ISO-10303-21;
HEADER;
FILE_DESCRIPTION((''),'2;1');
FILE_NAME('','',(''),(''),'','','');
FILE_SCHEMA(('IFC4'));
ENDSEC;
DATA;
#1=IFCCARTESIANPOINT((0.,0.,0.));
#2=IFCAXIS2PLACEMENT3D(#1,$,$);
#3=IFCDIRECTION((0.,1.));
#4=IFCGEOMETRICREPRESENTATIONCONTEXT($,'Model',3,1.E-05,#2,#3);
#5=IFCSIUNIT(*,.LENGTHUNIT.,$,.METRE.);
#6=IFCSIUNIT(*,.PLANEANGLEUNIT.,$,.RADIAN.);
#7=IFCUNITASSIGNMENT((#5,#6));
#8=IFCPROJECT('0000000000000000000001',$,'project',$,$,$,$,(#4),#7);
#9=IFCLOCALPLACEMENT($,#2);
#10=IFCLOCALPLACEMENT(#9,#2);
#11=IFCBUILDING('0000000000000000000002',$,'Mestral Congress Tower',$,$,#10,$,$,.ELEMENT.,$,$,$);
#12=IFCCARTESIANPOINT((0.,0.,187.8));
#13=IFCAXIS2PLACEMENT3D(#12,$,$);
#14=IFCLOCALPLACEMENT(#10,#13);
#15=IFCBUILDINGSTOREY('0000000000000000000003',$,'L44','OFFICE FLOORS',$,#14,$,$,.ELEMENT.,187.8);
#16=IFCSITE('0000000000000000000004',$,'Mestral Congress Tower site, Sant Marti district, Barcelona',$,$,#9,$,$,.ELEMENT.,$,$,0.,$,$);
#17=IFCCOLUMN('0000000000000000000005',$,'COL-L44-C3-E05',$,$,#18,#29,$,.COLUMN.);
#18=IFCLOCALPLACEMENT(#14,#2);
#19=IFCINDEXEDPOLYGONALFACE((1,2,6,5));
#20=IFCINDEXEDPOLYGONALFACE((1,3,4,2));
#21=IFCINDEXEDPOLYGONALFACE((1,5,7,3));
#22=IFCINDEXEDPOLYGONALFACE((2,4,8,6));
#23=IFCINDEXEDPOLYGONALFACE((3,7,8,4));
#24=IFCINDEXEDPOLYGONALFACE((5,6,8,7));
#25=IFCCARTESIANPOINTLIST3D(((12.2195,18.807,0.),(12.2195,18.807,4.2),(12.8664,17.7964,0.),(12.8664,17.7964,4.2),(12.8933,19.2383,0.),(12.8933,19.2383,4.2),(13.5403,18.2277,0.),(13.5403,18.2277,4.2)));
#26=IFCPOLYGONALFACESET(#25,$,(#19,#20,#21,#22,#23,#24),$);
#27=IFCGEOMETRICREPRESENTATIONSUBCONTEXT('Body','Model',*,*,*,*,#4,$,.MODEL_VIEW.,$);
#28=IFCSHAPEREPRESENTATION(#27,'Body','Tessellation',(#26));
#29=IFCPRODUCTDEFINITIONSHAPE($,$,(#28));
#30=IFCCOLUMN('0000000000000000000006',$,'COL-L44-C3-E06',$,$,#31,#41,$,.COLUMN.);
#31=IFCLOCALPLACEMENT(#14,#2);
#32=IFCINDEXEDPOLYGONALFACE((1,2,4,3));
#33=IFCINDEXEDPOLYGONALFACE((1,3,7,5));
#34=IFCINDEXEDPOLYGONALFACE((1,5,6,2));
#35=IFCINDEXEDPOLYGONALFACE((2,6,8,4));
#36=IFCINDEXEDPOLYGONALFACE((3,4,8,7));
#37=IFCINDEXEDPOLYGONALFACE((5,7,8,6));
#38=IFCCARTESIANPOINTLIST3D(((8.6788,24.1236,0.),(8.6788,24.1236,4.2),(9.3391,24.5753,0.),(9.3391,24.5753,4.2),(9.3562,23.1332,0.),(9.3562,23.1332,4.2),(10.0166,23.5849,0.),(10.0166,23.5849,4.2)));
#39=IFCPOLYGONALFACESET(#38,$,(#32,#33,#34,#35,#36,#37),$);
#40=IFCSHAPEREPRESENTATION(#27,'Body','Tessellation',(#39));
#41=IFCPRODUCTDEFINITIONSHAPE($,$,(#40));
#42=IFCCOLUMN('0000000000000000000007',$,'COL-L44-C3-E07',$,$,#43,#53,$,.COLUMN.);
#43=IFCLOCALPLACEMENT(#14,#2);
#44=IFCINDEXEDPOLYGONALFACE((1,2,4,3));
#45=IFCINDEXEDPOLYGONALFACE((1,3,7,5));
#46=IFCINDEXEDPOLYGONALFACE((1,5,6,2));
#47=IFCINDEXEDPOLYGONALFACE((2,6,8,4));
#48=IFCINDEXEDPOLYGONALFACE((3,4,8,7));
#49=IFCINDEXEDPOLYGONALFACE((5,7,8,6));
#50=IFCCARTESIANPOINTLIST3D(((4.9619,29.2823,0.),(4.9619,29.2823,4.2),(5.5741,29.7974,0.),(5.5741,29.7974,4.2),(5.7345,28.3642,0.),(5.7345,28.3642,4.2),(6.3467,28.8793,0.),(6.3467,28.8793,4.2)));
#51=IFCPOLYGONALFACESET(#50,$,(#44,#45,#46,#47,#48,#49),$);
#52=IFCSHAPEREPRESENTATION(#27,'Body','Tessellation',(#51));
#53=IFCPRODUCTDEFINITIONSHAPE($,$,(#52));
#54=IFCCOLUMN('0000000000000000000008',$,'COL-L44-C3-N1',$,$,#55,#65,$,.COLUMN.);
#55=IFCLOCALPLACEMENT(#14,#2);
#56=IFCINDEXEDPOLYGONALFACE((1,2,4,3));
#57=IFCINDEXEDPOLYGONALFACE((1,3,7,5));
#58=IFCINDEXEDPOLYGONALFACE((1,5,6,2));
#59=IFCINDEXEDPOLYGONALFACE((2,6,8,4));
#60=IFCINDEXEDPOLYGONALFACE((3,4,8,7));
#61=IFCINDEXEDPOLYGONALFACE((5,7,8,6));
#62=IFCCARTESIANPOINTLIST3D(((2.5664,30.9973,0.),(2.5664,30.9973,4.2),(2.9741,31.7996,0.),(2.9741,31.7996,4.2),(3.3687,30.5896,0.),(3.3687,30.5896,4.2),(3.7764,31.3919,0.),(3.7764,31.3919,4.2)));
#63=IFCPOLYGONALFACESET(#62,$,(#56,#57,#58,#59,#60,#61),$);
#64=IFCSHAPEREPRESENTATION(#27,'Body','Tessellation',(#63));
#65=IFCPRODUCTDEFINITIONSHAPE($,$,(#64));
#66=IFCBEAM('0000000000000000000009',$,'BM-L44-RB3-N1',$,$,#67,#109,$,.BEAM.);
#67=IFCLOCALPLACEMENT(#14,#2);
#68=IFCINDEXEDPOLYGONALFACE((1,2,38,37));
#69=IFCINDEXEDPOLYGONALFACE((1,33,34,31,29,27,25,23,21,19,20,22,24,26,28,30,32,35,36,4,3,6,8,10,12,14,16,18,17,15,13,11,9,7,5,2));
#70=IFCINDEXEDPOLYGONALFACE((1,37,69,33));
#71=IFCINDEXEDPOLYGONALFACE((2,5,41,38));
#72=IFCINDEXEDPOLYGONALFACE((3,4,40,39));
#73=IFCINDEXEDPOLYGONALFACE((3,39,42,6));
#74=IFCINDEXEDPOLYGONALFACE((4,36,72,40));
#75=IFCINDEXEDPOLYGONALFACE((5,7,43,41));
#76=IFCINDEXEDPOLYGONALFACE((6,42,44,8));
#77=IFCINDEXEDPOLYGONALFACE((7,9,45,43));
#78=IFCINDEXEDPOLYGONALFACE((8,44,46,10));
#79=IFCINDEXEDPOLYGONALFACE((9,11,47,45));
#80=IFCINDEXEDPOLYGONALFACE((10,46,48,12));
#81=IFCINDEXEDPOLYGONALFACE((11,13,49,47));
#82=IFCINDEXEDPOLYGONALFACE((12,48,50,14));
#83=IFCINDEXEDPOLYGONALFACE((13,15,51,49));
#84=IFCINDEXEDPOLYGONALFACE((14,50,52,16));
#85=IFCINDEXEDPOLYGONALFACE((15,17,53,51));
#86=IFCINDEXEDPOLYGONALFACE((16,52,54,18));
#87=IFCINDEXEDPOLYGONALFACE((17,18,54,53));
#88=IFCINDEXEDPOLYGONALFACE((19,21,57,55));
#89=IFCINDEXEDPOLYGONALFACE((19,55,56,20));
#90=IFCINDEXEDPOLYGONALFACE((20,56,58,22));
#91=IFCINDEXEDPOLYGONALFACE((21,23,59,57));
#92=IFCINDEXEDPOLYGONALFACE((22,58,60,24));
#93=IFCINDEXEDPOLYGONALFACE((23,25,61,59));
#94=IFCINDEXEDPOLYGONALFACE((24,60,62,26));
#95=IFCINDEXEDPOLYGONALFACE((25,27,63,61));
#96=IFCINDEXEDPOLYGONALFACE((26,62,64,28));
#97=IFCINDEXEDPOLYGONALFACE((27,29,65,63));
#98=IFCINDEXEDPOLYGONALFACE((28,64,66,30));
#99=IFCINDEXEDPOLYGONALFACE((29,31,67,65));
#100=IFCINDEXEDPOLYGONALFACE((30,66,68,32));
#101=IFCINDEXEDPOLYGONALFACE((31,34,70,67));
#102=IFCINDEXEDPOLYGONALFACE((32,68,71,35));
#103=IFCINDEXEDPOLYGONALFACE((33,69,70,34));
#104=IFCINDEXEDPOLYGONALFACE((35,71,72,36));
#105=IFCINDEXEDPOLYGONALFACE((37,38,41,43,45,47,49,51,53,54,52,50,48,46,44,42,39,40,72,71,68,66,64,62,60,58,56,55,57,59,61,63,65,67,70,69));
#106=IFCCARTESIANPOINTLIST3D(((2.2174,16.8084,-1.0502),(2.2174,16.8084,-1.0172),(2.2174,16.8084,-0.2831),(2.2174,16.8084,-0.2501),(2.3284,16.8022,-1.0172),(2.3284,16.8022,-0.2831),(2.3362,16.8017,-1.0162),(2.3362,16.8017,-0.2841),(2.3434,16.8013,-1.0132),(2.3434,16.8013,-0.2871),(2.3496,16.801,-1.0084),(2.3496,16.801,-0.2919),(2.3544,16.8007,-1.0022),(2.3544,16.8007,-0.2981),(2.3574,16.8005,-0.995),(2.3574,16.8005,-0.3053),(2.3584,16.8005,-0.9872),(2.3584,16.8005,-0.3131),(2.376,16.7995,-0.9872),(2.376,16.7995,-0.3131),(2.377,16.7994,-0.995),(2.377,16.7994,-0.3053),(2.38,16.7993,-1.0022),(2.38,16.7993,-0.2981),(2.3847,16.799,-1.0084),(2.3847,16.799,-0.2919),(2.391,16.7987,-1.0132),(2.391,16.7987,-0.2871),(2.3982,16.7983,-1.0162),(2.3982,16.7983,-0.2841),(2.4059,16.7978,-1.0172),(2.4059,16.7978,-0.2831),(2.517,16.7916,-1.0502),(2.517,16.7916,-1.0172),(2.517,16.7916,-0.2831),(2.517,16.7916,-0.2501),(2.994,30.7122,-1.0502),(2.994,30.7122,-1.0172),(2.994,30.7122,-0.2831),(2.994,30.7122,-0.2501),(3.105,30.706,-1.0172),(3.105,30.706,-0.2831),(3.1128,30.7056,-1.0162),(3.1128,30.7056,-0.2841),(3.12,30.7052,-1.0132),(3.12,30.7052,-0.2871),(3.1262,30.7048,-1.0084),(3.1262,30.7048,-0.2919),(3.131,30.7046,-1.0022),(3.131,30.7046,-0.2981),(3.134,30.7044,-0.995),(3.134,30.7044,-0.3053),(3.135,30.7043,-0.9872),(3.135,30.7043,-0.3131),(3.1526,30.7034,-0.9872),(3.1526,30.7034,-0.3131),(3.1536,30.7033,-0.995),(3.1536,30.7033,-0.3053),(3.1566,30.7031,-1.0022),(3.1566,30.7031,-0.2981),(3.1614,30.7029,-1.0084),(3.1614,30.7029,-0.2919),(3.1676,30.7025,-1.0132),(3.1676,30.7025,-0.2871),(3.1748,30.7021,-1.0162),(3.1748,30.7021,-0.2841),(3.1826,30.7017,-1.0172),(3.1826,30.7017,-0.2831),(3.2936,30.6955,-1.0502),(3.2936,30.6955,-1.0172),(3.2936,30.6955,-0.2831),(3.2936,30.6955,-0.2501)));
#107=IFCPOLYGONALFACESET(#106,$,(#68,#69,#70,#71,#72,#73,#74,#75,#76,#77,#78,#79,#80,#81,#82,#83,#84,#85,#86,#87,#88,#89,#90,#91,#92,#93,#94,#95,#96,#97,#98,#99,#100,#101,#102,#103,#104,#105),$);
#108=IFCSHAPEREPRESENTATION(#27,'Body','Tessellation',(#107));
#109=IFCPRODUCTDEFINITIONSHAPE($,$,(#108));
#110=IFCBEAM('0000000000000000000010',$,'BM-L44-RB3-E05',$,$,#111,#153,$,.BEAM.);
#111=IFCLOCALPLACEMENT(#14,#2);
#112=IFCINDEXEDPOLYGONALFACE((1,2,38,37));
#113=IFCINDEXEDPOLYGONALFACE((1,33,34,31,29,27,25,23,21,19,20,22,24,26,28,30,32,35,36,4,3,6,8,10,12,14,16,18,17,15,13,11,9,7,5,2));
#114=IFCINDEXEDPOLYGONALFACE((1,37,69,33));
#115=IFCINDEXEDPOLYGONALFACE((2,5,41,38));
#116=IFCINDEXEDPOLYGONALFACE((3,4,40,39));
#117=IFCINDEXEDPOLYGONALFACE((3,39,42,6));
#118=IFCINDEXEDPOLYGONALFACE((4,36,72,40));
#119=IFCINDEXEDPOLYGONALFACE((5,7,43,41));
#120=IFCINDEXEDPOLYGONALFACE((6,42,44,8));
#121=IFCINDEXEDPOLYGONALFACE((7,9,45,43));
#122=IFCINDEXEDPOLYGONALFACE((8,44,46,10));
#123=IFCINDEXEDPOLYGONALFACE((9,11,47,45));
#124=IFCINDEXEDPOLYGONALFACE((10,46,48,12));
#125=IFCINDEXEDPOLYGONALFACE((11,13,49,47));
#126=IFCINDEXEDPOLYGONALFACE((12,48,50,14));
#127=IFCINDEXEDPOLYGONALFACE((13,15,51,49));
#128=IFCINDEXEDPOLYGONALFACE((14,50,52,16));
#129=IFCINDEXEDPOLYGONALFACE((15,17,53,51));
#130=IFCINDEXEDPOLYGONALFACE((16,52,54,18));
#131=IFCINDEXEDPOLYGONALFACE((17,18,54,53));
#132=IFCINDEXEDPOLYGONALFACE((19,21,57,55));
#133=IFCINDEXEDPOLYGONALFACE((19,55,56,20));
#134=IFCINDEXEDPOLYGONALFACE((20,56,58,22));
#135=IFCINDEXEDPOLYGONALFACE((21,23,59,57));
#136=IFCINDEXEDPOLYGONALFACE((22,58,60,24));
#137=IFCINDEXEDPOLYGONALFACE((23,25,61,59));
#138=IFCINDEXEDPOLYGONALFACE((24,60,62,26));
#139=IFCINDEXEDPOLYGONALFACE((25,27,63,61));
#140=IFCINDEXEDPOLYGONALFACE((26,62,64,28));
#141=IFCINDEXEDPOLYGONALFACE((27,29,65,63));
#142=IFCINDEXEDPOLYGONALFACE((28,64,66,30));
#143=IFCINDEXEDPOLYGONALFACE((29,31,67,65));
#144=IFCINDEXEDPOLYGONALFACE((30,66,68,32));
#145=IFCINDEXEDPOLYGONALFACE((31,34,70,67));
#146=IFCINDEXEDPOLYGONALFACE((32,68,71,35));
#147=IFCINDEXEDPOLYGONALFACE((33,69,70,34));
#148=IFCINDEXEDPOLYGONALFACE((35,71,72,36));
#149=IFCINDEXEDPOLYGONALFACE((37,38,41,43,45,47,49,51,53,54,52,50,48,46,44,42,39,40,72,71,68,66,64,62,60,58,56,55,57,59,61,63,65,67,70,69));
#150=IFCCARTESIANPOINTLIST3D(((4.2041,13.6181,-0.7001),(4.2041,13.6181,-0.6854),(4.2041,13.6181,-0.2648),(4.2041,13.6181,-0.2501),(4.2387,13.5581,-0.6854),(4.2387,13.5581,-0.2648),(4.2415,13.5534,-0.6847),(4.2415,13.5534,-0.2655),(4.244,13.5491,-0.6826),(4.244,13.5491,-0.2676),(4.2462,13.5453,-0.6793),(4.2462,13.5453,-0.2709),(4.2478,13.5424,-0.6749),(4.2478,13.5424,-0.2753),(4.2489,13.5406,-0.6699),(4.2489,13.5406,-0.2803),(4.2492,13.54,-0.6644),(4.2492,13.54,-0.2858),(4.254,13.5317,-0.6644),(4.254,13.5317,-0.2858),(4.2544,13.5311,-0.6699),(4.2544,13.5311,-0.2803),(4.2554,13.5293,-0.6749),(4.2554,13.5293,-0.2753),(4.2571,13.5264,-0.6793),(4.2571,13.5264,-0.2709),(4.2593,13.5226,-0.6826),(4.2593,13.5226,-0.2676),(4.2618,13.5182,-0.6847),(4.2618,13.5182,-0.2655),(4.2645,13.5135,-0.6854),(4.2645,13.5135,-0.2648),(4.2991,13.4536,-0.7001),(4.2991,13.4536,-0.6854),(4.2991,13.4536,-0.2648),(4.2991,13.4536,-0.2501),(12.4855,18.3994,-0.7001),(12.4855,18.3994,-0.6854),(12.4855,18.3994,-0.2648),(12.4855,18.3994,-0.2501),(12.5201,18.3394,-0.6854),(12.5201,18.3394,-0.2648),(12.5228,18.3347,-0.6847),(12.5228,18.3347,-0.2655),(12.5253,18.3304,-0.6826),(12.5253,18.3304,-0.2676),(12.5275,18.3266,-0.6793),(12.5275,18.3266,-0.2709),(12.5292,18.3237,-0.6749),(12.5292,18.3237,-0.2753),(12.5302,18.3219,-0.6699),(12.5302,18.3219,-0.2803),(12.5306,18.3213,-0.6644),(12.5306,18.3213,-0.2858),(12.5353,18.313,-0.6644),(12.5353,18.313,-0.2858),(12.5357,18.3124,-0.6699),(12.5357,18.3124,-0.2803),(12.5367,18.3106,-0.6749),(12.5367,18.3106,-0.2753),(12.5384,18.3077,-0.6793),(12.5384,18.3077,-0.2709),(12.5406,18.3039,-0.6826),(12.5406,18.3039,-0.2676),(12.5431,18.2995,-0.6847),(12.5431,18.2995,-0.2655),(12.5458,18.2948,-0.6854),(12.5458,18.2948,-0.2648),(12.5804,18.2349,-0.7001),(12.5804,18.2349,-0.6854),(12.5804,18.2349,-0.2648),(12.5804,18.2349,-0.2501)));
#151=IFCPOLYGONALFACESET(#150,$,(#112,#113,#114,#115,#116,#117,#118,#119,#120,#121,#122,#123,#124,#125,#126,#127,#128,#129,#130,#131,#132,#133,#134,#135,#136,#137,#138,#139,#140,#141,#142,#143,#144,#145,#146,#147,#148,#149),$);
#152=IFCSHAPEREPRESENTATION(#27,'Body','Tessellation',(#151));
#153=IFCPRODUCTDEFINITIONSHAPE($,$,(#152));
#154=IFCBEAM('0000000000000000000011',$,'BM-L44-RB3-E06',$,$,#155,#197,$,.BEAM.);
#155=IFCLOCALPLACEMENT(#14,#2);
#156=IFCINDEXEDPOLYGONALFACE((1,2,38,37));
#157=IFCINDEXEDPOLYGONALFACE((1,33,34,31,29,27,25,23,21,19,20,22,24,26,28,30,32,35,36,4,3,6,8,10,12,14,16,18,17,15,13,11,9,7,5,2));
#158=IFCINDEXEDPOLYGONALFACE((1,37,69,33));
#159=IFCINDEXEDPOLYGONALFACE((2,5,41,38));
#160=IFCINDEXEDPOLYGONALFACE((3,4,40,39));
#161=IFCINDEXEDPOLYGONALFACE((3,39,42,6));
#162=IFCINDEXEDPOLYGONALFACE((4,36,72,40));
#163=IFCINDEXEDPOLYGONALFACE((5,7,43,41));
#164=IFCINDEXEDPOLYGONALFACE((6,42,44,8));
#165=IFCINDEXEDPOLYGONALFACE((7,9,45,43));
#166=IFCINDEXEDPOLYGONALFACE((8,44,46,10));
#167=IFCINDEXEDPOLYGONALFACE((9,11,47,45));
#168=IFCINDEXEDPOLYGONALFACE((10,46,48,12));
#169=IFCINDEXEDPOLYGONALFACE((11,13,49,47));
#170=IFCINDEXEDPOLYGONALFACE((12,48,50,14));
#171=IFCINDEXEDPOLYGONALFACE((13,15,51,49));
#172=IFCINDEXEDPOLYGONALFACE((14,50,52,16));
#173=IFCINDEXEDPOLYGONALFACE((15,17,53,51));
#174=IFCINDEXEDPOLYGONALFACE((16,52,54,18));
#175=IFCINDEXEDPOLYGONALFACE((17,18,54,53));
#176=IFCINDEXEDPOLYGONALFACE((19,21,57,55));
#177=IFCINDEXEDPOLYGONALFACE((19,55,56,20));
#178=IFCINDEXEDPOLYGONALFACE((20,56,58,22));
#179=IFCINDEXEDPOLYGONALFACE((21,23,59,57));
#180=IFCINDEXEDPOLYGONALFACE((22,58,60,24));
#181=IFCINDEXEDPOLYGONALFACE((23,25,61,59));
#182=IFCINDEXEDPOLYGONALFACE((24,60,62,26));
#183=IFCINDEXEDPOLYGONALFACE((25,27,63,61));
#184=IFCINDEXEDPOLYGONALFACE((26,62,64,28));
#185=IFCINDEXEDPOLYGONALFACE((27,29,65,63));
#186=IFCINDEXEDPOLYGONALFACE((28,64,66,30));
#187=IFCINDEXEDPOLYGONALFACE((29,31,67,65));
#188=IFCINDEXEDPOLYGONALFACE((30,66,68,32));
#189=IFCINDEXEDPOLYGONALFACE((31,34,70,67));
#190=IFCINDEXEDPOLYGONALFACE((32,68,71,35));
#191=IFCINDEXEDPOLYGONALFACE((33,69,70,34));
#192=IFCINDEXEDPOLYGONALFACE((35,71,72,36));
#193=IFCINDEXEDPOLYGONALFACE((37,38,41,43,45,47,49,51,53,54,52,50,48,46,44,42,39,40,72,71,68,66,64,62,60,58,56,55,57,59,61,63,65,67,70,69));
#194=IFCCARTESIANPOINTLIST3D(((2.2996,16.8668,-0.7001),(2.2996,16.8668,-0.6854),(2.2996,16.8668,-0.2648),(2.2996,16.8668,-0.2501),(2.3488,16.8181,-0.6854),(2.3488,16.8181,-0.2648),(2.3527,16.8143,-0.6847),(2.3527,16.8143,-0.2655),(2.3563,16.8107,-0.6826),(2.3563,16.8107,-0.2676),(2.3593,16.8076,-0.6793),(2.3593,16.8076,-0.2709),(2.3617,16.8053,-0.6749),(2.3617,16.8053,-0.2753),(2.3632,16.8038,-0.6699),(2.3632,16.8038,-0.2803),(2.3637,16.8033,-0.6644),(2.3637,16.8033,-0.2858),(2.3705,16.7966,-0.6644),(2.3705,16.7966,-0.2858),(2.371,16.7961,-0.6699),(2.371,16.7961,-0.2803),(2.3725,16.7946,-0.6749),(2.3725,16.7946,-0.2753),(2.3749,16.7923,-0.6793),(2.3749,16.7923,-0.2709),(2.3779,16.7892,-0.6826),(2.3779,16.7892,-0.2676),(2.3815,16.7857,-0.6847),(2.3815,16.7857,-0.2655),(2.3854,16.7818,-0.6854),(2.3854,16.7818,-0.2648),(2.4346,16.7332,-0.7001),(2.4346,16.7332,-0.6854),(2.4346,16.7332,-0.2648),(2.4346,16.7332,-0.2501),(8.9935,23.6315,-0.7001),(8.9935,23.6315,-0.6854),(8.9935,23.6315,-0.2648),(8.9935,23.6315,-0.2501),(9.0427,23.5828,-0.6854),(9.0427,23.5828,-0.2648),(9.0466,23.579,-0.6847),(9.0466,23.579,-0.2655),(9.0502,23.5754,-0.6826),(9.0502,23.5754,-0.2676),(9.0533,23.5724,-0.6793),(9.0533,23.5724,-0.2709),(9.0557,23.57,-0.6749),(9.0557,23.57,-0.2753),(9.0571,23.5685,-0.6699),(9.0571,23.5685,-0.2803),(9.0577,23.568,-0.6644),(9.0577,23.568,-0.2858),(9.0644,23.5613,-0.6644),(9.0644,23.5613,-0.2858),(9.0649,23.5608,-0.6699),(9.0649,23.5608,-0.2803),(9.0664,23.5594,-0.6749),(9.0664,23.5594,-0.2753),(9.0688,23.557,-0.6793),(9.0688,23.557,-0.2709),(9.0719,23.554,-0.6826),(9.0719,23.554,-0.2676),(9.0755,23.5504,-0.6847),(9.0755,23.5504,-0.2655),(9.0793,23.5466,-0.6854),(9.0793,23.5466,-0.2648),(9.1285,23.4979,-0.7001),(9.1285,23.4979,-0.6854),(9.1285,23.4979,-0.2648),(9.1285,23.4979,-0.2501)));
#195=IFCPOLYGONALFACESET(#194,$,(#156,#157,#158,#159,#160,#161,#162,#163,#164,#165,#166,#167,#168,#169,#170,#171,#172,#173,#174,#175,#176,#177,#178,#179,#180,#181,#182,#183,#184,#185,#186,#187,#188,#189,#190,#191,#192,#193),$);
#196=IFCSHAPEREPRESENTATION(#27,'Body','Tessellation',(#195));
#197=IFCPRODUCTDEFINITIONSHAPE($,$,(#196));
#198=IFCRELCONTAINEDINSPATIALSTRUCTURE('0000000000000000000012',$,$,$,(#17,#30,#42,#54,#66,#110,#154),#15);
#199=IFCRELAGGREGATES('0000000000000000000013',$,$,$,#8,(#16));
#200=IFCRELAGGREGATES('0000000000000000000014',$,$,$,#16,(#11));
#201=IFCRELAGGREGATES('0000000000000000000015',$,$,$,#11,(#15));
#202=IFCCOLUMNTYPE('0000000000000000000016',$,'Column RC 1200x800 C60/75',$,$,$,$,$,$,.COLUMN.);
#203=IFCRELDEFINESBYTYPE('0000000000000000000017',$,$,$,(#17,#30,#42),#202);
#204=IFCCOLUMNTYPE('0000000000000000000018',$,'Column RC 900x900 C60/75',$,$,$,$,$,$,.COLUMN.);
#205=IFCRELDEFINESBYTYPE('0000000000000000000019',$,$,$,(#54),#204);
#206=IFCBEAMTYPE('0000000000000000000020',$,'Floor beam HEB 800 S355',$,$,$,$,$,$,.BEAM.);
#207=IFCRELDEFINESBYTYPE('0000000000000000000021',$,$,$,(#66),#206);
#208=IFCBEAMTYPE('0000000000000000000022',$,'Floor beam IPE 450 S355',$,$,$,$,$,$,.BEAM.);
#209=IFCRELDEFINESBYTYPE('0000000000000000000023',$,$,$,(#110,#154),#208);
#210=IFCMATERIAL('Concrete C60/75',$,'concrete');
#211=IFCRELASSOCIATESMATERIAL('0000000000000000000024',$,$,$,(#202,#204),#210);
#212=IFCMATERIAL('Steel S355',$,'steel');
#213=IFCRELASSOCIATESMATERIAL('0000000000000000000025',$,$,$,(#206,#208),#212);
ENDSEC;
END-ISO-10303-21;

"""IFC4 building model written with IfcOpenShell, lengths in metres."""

from ifc_helpers import new_model, si_unit, direction, frame, origin, origin_2d, place, context, subcontext, project, spatial, rectangle, i_section, extrude, material, material_profile, profile_set, type_object, element, save


model = new_model("IFC4")

# Units and contexts
model_context = context("Model", 3, precision=1e-05, world=origin(), true_north=direction((0.0, 1.0)))
body_context = subcontext(model_context, "Body", "Model", "MODEL_VIEW")
ifc_project = project(units=[si_unit("LENGTHUNIT", "METRE"), si_unit("PLANEANGLEUNIT", "RADIAN")], contexts=[model_context])

# Site, building, storey
site_placement = place(None, origin())
site = spatial("IfcSite", under=ifc_project, at=site_placement, Name="Mestral Congress Tower site, Sant Marti district, Barcelona", CompositionType="ELEMENT", RefElevation=0.0)
building_placement = place(site_placement, origin())
building = spatial("IfcBuilding", under=site, at=building_placement, Name="Mestral Congress Tower", CompositionType="ELEMENT")
storey_placement = place(building_placement, frame((0.0, 0.0, 187.8)))
storey = spatial("IfcBuildingStorey", under=building, at=storey_placement, Name="L44", Description="OFFICE FLOORS", CompositionType="ELEMENT", Elevation=187.8)

# Columns
ifc_material_1 = material(Name="Concrete C60/75", Category="concrete")
ifc_material_profile_1 = material_profile(ifc_material_1, rectangle(XDim=1.2, YDim=0.8, at=origin_2d()), Name="RC 1200x800")
ifc_profile_set_1 = profile_set([ifc_material_profile_1], Name="Concrete C60/75")
column_type_1 = type_object("IfcColumnType", Name="Column RC 1200x800 C60/75", PredefinedType="COLUMN", material=ifc_profile_set_1)
for number, where, z_axis, x_axis, name in (
    (1, (12.8799, 18.5173, 0.0), (0.0, 0.0, 1.0), (-0.539115, 0.842232, 0.0), "COL-L44-C3-E05"),
    (2, (9.3477, 23.8542, 0.0), (0.0, 0.0, 1.0), (-0.564568, 0.825387, 0.0), "COL-L44-C3-E06"),
    (3, (5.6543, 29.0808, 0.0), (0.0, 0.0, 1.0), (-0.643827, 0.765171, 0.0), "COL-L44-C3-E07"),
):
    element("IfcColumn", number, at=place(storey_placement, frame(where, z_axis=z_axis, x_axis=x_axis)), inside=storey, type_object=column_type_1, Name=name, PredefinedType="COLUMN", context=body_context, shape_type="SweptSolid", body=[
        extrude(rectangle(XDim=1.2, YDim=0.8, at=origin_2d()), origin(), (0.0, 0.0, 1.0), 4.2),
    ])
ifc_material_profile_2 = material_profile(ifc_material_1, rectangle(XDim=0.8999, YDim=0.8999, at=origin_2d()), Name="RC 900x900")
ifc_profile_set_2 = profile_set([ifc_material_profile_2], Name="Concrete C60/75")
column_type_2 = type_object("IfcColumnType", Name="Column RC 900x900 C60/75", PredefinedType="COLUMN", material=ifc_profile_set_2)
column_placement = place(storey_placement, frame((3.1714, 31.1946, 0.0), z_axis=(0.0, 0.0, 1.0), x_axis=(-0.891486, 0.453048, 0.0)))
element("IfcColumn", 4, at=column_placement, inside=storey, type_object=column_type_2, Name="COL-L44-C3-N1", PredefinedType="COLUMN", context=body_context, shape_type="SweptSolid", body=[
    extrude(rectangle(XDim=0.8999, YDim=0.8999, at=origin_2d()), origin(), (0.0, 0.0, 1.0), 4.2),
])

# Beams
ifc_material_2 = material(Name="Steel S355", Category="steel")
ifc_material_profile_3 = material_profile(ifc_material_2, i_section(OverallWidth=0.3, OverallDepth=0.8, WebThickness=0.0176, FlangeThickness=0.033, FilletRadius=0.03, at=origin_2d()), Name="HEB 800")
ifc_profile_set_3 = profile_set([ifc_material_profile_3], Name="Steel S355")
beam_type_1 = type_object("IfcBeamType", Name="Floor beam HEB 800 S355", PredefinedType="BEAM", material=ifc_profile_set_3)
beam_1_placement = place(storey_placement, frame((3.1438, 30.7039, -0.6501), z_axis=(-0.055769, -0.998444, 0.0), x_axis=(0.998444, -0.055769, 0.0)))
element("IfcBeam", 5, at=beam_1_placement, inside=storey, type_object=beam_type_1, Name="BM-L44-RB3-N1", PredefinedType="BEAM", context=body_context, shape_type="SweptSolid", body=[
    extrude(i_section(OverallWidth=0.3, OverallDepth=0.8, WebThickness=0.0176, FlangeThickness=0.033, FilletRadius=0.03, at=origin_2d()), origin(), (0.0, 0.0, 1.0), 13.9255),
])
ifc_material_profile_4 = material_profile(ifc_material_2, i_section(OverallWidth=0.1899, OverallDepth=0.45, WebThickness=0.0095, FlangeThickness=0.0146, FilletRadius=0.021, at=origin_2d()), Name="IPE 450")
ifc_profile_set_4 = profile_set([ifc_material_profile_4], Name="Steel S355")
beam_type_2 = type_object("IfcBeamType", Name="Floor beam IPE 450 S355", PredefinedType="BEAM", material=ifc_profile_set_4)
beam_2_placement = place(storey_placement, frame((12.533, 18.3171, -0.4751), z_axis=(-0.866022, -0.500005, 0.0), x_axis=(0.500005, -0.866022, 0.0)))
element("IfcBeam", 6, at=beam_2_placement, inside=storey, type_object=beam_type_2, Name="BM-L44-RB3-E05", PredefinedType="BEAM", context=body_context, shape_type="SweptSolid", body=[
    extrude(i_section(OverallWidth=0.1899, OverallDepth=0.45, WebThickness=0.0095, FlangeThickness=0.0146, FilletRadius=0.021, at=origin_2d()), origin(), (0.0, 0.0, 1.0), 9.5625),
])
beam_3_placement = place(storey_placement, frame((9.061, 23.5647, -0.4751), z_axis=(-0.703377, -0.710817, 0.0), x_axis=(0.710817, -0.703377, 0.0)))
element("IfcBeam", 7, at=beam_3_placement, inside=storey, type_object=beam_type_2, Name="BM-L44-RB3-E06", PredefinedType="BEAM", context=body_context, shape_type="SweptSolid", body=[
    extrude(i_section(OverallWidth=0.1899, OverallDepth=0.45, WebThickness=0.0095, FlangeThickness=0.0146, FilletRadius=0.021, at=origin_2d()), origin(), (0.0, 0.0, 1.0), 9.5168),
])

save(model, "model.ifc")
